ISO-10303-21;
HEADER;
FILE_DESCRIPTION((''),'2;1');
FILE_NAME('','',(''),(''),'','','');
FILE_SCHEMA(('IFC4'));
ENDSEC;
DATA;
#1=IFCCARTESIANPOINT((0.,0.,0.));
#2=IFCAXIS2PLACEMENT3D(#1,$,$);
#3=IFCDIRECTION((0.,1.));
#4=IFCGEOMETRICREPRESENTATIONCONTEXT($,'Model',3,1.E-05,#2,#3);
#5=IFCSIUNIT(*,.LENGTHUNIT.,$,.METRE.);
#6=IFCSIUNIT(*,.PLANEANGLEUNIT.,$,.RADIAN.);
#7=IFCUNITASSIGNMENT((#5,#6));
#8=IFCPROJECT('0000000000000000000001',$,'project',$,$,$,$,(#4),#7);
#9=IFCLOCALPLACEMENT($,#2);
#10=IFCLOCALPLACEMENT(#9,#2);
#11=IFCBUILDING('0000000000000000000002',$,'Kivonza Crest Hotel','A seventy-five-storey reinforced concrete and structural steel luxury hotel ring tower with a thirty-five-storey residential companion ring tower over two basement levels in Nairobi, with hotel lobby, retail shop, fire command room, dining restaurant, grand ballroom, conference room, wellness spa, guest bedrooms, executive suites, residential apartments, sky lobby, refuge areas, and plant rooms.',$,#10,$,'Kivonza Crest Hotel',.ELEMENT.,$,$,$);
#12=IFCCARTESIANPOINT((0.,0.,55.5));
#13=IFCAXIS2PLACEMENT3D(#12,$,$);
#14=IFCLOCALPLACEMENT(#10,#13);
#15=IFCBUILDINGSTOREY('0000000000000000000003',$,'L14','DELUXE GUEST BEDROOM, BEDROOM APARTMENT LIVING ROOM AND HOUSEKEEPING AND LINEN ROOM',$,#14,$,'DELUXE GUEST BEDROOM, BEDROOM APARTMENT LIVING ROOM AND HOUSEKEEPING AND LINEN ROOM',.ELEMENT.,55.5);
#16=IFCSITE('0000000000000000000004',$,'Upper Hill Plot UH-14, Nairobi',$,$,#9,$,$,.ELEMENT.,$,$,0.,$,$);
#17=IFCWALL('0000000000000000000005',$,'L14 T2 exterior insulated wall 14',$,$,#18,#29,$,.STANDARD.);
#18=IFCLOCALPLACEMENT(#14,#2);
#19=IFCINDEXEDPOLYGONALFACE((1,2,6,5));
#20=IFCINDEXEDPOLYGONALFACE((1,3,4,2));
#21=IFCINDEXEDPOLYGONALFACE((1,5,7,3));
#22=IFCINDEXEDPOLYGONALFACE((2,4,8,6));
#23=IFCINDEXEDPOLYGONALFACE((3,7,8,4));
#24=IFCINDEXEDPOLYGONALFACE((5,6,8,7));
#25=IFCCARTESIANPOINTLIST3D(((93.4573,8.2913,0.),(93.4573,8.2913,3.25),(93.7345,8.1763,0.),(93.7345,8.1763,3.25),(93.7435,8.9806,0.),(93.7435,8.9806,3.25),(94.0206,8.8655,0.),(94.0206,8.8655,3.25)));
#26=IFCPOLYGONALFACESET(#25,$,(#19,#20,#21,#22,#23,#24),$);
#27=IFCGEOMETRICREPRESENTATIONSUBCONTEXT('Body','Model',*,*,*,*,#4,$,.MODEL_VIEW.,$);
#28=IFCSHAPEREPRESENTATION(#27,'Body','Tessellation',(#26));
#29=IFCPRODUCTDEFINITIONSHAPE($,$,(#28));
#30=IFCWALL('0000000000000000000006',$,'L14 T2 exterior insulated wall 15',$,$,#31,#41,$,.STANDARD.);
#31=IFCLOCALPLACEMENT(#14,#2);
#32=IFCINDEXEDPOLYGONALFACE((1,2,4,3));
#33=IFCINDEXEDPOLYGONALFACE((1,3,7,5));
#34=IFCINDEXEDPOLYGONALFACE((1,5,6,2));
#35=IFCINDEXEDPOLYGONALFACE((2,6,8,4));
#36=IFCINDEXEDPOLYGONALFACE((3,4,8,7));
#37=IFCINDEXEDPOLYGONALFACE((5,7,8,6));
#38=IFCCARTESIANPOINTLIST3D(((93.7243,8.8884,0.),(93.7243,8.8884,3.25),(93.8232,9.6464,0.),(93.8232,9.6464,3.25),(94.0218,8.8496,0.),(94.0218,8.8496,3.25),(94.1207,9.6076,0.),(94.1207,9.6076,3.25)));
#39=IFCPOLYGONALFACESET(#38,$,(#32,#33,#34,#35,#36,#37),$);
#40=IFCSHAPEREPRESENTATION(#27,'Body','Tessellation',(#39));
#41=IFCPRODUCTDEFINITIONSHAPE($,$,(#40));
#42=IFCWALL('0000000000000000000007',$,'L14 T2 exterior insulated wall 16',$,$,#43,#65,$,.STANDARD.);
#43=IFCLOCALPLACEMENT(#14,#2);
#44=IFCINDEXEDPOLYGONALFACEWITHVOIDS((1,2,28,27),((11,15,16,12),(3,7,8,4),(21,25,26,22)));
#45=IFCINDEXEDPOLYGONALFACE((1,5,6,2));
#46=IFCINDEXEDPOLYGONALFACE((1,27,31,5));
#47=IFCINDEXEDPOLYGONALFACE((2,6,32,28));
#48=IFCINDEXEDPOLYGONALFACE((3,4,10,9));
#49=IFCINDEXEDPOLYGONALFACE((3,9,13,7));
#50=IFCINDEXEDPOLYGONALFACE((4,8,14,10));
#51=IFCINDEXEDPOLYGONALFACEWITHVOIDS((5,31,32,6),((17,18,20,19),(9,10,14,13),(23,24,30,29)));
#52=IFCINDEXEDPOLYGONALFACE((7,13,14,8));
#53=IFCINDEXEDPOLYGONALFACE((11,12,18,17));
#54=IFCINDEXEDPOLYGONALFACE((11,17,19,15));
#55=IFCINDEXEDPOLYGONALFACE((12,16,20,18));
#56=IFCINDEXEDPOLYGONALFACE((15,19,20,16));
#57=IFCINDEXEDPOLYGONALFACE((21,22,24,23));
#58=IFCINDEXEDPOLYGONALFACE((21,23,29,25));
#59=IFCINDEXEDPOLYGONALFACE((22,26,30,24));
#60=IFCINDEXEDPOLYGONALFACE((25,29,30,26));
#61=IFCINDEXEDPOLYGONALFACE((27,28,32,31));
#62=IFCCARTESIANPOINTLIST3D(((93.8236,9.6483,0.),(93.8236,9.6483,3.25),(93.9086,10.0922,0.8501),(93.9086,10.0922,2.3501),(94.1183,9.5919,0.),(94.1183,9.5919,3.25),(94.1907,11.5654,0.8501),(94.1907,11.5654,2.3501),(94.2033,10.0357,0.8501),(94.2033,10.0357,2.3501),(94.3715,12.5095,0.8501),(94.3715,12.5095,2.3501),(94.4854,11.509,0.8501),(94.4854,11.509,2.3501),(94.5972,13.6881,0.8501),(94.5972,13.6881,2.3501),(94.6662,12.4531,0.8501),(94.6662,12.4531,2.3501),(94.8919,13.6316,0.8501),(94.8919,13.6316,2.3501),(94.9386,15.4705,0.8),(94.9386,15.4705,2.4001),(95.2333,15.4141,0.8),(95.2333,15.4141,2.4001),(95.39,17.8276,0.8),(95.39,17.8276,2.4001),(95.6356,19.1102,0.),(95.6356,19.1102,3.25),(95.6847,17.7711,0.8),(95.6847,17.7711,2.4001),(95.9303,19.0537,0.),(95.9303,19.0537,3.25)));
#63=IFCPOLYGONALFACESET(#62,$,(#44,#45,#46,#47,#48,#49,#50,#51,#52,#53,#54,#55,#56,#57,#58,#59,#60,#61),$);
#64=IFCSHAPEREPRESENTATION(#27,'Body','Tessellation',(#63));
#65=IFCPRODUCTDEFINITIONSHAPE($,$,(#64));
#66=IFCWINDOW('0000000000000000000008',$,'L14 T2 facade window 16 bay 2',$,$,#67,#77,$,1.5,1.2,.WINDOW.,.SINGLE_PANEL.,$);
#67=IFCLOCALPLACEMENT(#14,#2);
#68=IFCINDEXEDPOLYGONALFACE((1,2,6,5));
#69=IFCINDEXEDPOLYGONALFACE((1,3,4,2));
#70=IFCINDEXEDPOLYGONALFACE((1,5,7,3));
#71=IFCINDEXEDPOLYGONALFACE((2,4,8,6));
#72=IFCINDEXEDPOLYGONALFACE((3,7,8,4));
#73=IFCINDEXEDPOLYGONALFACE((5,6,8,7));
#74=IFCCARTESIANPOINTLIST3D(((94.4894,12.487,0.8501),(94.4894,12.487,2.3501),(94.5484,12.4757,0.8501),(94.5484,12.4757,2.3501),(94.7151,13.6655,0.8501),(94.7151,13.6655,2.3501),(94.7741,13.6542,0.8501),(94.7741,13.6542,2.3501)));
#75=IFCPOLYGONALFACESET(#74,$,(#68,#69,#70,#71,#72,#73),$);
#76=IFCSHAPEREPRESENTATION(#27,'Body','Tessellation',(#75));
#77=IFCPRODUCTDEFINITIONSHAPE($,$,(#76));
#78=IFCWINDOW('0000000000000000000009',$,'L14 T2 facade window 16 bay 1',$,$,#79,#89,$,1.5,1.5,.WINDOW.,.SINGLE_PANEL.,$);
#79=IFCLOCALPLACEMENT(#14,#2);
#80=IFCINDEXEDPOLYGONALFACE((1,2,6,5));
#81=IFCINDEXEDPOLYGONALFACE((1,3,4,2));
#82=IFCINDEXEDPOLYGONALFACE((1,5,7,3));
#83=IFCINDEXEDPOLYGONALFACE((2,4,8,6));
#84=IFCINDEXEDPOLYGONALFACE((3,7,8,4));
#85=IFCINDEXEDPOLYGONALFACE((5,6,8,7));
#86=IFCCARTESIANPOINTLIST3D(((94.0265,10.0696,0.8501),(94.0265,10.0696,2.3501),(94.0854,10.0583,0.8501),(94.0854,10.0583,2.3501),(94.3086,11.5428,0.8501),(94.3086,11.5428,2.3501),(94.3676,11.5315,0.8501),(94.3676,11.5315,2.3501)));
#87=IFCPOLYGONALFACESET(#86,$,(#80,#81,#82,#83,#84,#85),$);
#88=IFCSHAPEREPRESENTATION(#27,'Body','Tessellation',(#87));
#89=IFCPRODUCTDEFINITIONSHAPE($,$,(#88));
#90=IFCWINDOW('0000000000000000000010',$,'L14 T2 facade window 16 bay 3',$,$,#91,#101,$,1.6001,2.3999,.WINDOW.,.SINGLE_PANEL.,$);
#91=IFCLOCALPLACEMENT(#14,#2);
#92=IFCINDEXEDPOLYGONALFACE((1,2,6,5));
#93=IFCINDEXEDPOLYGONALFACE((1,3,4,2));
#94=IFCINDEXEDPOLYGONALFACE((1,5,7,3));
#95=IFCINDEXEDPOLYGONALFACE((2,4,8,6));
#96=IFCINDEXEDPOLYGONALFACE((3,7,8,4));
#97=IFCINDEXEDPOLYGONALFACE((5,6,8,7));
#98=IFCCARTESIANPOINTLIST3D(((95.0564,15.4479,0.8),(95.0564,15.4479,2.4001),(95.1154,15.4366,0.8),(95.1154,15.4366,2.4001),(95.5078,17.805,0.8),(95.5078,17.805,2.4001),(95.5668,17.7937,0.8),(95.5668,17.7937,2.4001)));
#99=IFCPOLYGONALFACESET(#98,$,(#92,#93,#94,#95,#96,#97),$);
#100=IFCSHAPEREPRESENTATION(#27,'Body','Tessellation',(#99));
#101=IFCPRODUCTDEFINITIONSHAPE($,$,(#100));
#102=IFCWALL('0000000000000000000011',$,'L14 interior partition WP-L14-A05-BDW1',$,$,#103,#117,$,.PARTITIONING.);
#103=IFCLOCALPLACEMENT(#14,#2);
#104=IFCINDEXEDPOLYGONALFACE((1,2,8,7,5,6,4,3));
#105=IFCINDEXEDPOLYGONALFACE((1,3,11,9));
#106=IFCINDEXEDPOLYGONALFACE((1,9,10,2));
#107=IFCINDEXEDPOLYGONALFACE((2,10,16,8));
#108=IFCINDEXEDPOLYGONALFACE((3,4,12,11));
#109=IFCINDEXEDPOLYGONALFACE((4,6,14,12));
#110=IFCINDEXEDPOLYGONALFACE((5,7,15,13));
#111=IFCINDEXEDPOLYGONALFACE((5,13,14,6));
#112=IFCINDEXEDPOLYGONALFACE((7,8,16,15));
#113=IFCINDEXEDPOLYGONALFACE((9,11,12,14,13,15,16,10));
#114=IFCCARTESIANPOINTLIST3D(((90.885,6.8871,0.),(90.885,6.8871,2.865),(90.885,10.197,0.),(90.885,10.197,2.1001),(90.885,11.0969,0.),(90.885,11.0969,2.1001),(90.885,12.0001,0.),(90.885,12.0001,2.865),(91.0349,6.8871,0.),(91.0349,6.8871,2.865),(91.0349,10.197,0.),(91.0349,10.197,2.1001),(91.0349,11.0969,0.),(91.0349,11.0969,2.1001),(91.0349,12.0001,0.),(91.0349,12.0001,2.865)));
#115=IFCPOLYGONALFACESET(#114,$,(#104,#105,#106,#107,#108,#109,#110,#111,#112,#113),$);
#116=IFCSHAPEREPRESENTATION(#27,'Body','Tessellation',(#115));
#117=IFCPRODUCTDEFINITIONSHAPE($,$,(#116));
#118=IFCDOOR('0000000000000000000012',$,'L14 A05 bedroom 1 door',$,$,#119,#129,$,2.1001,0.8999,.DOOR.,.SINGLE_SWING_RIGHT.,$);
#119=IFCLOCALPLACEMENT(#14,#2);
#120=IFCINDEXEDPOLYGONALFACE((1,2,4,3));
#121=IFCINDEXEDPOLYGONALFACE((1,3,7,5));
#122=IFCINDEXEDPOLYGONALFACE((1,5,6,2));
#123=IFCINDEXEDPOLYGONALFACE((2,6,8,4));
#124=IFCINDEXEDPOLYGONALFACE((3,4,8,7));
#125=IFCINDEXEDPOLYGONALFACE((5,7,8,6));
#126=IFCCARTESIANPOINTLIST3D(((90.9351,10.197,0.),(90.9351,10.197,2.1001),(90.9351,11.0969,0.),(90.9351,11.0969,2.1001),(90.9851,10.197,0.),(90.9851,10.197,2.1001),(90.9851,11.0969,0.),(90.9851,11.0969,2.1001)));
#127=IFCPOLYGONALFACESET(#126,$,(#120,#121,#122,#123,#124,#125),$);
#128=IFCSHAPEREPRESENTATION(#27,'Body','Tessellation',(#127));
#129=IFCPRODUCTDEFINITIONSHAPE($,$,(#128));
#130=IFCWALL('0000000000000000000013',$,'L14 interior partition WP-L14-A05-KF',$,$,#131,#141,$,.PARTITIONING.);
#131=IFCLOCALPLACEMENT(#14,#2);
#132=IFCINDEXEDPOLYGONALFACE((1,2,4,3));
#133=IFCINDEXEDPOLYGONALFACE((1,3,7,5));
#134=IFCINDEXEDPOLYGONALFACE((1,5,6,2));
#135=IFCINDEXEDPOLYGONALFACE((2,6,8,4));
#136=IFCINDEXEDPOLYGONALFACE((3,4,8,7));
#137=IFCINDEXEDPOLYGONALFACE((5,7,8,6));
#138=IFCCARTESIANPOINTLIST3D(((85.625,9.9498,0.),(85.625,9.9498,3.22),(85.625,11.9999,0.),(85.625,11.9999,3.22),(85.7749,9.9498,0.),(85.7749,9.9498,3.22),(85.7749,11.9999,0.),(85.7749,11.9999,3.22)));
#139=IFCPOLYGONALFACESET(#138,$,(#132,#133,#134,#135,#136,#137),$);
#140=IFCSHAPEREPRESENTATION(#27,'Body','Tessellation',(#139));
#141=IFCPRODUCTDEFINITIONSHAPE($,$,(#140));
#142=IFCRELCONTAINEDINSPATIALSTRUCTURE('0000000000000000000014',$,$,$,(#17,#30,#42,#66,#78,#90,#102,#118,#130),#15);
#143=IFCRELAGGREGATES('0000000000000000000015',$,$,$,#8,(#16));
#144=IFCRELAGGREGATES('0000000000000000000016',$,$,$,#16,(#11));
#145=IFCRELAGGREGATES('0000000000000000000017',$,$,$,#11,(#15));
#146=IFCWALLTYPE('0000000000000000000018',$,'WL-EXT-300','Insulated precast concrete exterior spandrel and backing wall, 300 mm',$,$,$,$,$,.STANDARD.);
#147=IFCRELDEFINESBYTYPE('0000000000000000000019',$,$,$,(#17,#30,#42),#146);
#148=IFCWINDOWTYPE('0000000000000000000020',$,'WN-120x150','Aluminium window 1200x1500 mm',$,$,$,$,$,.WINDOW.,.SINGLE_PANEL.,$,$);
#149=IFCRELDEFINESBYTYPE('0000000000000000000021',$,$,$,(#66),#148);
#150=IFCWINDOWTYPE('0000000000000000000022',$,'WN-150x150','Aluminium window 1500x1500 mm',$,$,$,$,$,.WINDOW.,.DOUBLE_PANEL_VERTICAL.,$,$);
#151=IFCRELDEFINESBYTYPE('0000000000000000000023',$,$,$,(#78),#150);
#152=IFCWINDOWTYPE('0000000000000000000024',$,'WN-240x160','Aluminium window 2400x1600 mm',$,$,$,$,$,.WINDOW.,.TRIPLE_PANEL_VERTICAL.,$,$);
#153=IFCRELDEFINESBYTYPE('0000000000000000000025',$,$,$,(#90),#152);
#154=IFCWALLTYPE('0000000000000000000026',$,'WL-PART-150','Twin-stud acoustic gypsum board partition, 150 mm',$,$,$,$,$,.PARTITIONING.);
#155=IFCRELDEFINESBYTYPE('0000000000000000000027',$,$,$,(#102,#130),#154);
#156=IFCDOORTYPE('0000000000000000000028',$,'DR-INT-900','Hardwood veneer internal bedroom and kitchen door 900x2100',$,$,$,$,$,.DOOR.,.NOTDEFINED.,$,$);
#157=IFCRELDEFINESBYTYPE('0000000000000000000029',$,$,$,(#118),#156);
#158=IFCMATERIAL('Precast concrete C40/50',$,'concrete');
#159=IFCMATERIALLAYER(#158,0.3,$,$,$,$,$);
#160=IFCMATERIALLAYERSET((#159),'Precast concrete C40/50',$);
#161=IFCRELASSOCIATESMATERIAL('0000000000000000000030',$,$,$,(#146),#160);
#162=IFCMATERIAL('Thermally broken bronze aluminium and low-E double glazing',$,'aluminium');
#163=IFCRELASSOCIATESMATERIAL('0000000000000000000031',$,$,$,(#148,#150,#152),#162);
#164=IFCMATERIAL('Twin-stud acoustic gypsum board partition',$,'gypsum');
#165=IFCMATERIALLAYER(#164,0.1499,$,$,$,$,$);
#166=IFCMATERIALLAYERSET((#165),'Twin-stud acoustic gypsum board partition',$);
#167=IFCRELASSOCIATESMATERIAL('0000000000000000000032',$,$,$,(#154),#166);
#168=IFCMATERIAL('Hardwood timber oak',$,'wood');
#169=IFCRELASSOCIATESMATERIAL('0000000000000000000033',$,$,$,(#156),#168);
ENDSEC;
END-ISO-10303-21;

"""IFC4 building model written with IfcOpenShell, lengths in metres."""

from ifc_helpers import new_model, si_unit, direction, frame, frame_2d, origin, place, context, subcontext, project, spatial, rectangle, extrude, material, layer, layer_set, type_object, element, fill, save


model = new_model("IFC4")

# Units and contexts
model_context = context("Model", 3, precision=1e-05, world=origin(), true_north=direction((0.0, 1.0)))
body_context = subcontext(model_context, "Body", "Model", "MODEL_VIEW")
ifc_project = project(units=[si_unit("LENGTHUNIT", "METRE"), si_unit("PLANEANGLEUNIT", "RADIAN")], contexts=[model_context])

# Site, building, storey
site_placement = place(None, origin())
site = spatial("IfcSite", under=ifc_project, at=site_placement, Name="Upper Hill Plot UH-14, Nairobi", CompositionType="ELEMENT", RefElevation=0.0)
building_placement = place(site_placement, origin())
building = spatial("IfcBuilding", under=site, at=building_placement, Name="Kivonza Crest Hotel", Description="A seventy-five-storey reinforced concrete and structural steel luxury hotel ring tower with a thirty-five-storey residential companion ring tower over two basement levels in Nairobi, with hotel lobby, retail shop, fire command room, dining restaurant, grand ballroom, conference room, wellness spa, guest bedrooms, executive suites, residential apartments, sky lobby, refuge areas, and plant rooms.", LongName="Kivonza Crest Hotel", CompositionType="ELEMENT")
storey_placement = place(building_placement, frame((0.0, 0.0, 55.5)))
storey = spatial("IfcBuildingStorey", under=building, at=storey_placement, Name="L14", Description="DELUXE GUEST BEDROOM, BEDROOM APARTMENT LIVING ROOM AND HOUSEKEEPING AND LINEN ROOM", LongName="DELUXE GUEST BEDROOM, BEDROOM APARTMENT LIVING ROOM AND HOUSEKEEPING AND LINEN ROOM", CompositionType="ELEMENT", Elevation=55.5)

# Shared definitions
ifc_material_1 = material(Name="Hardwood timber oak", Category="wood")

# Walls
ifc_material_2 = material(Name="Precast concrete C40/50", Category="concrete")
ifc_layer_1 = layer(ifc_material_2, 0.3)
ifc_layer_set_1 = layer_set([ifc_layer_1], Name="Precast concrete C40/50")
wall_type_1 = type_object("IfcWallType", Name="WL-EXT-300", Description="Insulated precast concrete exterior spandrel and backing wall, 300 mm", PredefinedType="STANDARD", material=ifc_layer_set_1)
wall_1_placement = place(storey_placement, frame((93.5959, 8.2339, 0.0), z_axis=(0.0, 0.0, 1.0), x_axis=(0.38343, 0.92357, 0.0)))
element("IfcWall", 1, at=wall_1_placement, inside=storey, type_object=wall_type_1, Name="L14 T2 exterior insulated wall 14", PredefinedType="STANDARD", context=body_context, shape_type="SweptSolid", body=[
    extrude(rectangle(XDim=0.7463, YDim=0.3, at=frame_2d((0.373, 0.0))), origin(), (0.0, 0.0, 1.0), 3.25),
])
wall_2_placement = place(storey_placement, frame((93.873, 8.8689, 0.0), z_axis=(0.0, 0.0, 1.0), x_axis=(0.129339, 0.9916, 0.0)))
element("IfcWall", 2, at=wall_2_placement, inside=storey, type_object=wall_type_1, Name="L14 T2 exterior insulated wall 15", PredefinedType="STANDARD", context=body_context, shape_type="SweptSolid", body=[
    extrude(rectangle(XDim=0.7644, YDim=0.3, at=frame_2d((0.3823, 0.0))), origin(), (0.0, 0.0, 1.0), 3.25),
])

# Wall, openings, windows
wall_3_placement = place(storey_placement, frame((93.9709, 9.6201, 0.0), z_axis=(0.0, 0.0, 1.0), x_axis=(0.188088, 0.982152, 0.0)))
wall_3 = element("IfcWall", 3, at=wall_3_placement, inside=storey, type_object=wall_type_1, Name="L14 T2 exterior insulated wall 16", PredefinedType="STANDARD", context=body_context, shape_type="SweptSolid", body=[
    extrude(rectangle(XDim=9.6338, YDim=0.3, at=frame_2d((4.8169, 0.0))), origin(), (0.0, 0.0, 1.0), 3.25),
])
opening_1_placement = place(wall_3_placement, frame((0.4519, 0.0, 0.8501)))
opening_1 = element("IfcOpeningElement", 4, at=opening_1_placement, cuts=wall_3, PredefinedType="OPENING", context=body_context, shape_type="SweptSolid", body=[
    extrude(rectangle(XDim=1.5, YDim=1.5, at=frame_2d((0.75, 0.75))), frame((0.0, 0.1602, 0.0), z_axis=(0.0, -1.0, 0.0), x_axis=(1.0, 0.0, 0.0)), (0.0, 0.0, 1.0), 0.3201),
])
opening_2_placement = place(wall_3_placement, frame((2.9131, 0.0, 0.8501)))
opening_2 = element("IfcOpeningElement", 5, at=opening_2_placement, cuts=wall_3, PredefinedType="OPENING", context=body_context, shape_type="SweptSolid", body=[
    extrude(rectangle(XDim=1.2, YDim=1.5, at=frame_2d((0.6001, 0.75))), frame((0.0, 0.1602, 0.0), z_axis=(0.0, -1.0, 0.0), x_axis=(1.0, 0.0, 0.0)), (0.0, 0.0, 1.0), 0.3201),
])
opening_3_placement = place(wall_3_placement, frame((5.928, 0.0, 0.8)))
opening_3 = element("IfcOpeningElement", 6, at=opening_3_placement, cuts=wall_3, PredefinedType="OPENING", context=body_context, shape_type="SweptSolid", body=[
    extrude(rectangle(XDim=2.3999, YDim=1.6001, at=frame_2d((1.2, 0.8))), frame((0.0, 0.1602, 0.0), z_axis=(0.0, -1.0, 0.0), x_axis=(1.0, 0.0, 0.0)), (0.0, 0.0, 1.0), 0.3201),
])
ifc_material_3 = material(Name="Thermally broken bronze aluminium and low-E double glazing", Category="aluminium")
window_type_1 = type_object("IfcWindowType", Name="WN-120x150", Description="Aluminium window 1200x1500 mm", PartitioningType="SINGLE_PANEL", PredefinedType="WINDOW", material=ifc_material_3)
window_1_placement = place(opening_2_placement, origin())
window_1 = element("IfcWindow", 7, at=window_1_placement, inside=storey, type_object=window_type_1, Name="L14 T2 facade window 16 bay 2", OverallHeight=1.5, OverallWidth=1.2, PartitioningType="SINGLE_PANEL", PredefinedType="WINDOW", context=body_context, shape_type="SweptSolid", body=[
    extrude(rectangle(XDim=1.2, YDim=1.5, at=frame_2d((0.6001, 0.75))), frame((0.0, 0.03, 0.0), z_axis=(0.0, -1.0, 0.0), x_axis=(1.0, 0.0, 0.0)), (0.0, 0.0, 1.0), 0.0601),
])
fill(opening_2, window_1)
window_type_2 = type_object("IfcWindowType", Name="WN-150x150", Description="Aluminium window 1500x1500 mm", PartitioningType="DOUBLE_PANEL_VERTICAL", PredefinedType="WINDOW", material=ifc_material_3)
window_2_placement = place(opening_1_placement, origin())
window_2 = element("IfcWindow", 8, at=window_2_placement, inside=storey, type_object=window_type_2, Name="L14 T2 facade window 16 bay 1", OverallHeight=1.5, OverallWidth=1.5, PartitioningType="SINGLE_PANEL", PredefinedType="WINDOW", context=body_context, shape_type="SweptSolid", body=[
    extrude(rectangle(XDim=1.5, YDim=1.5, at=frame_2d((0.75, 0.75))), frame((0.0, 0.03, 0.0), z_axis=(0.0, -1.0, 0.0), x_axis=(1.0, 0.0, 0.0)), (0.0, 0.0, 1.0), 0.0601),
])
fill(opening_1, window_2)
window_type_3 = type_object("IfcWindowType", Name="WN-240x160", Description="Aluminium window 2400x1600 mm", PartitioningType="TRIPLE_PANEL_VERTICAL", PredefinedType="WINDOW", material=ifc_material_3)
window_3_placement = place(opening_3_placement, origin())
window_3 = element("IfcWindow", 9, at=window_3_placement, inside=storey, type_object=window_type_3, Name="L14 T2 facade window 16 bay 3", OverallHeight=1.6001, OverallWidth=2.3999, PartitioningType="SINGLE_PANEL", PredefinedType="WINDOW", context=body_context, shape_type="SweptSolid", body=[
    extrude(rectangle(XDim=2.3999, YDim=1.6001, at=frame_2d((1.2, 0.8))), frame((0.0, 0.03, 0.0), z_axis=(0.0, -1.0, 0.0), x_axis=(1.0, 0.0, 0.0)), (0.0, 0.0, 1.0), 0.0601),
])
fill(opening_3, window_3)

# Wall, opening, door
ifc_material_4 = material(Name="Twin-stud acoustic gypsum board partition", Category="gypsum")
ifc_layer_2 = layer(ifc_material_4, 0.1499)
ifc_layer_set_2 = layer_set([ifc_layer_2], Name="Twin-stud acoustic gypsum board partition")
wall_type_2 = type_object("IfcWallType", Name="WL-PART-150", Description="Twin-stud acoustic gypsum board partition, 150 mm", PredefinedType="PARTITIONING", material=ifc_layer_set_2)
wall_4_placement = place(storey_placement, frame((90.96, 6.887, 0.0), z_axis=(0.0, 0.0, 1.0), x_axis=(0.0, 1.0, 0.0)))
wall_4 = element("IfcWall", 10, at=wall_4_placement, inside=storey, type_object=wall_type_2, Name="L14 interior partition WP-L14-A05-BDW1", PredefinedType="PARTITIONING", context=body_context, shape_type="SweptSolid", body=[
    extrude(rectangle(XDim=5.113, YDim=0.1499, at=frame_2d((2.5566, 0.0))), origin(), (0.0, 0.0, 1.0), 2.865),
])
opening_4_placement = place(wall_4_placement, frame((3.3101, 0.0, 0.0)))
opening_4 = element("IfcOpeningElement", 11, at=opening_4_placement, cuts=wall_4, PredefinedType="OPENING", context=body_context, shape_type="SweptSolid", body=[
    extrude(rectangle(XDim=0.8999, YDim=2.1001, at=frame_2d((0.45, 1.05))), frame((0.0, 0.085, 0.0), z_axis=(0.0, -1.0, 0.0), x_axis=(1.0, 0.0, 0.0)), (0.0, 0.0, 1.0), 0.1699),
])
door_type_1 = type_object("IfcDoorType", Name="DR-INT-900", Description="Hardwood veneer internal bedroom and kitchen door 900x2100", OperationType="NOTDEFINED", PredefinedType="DOOR", material=ifc_material_1)
door_1_placement = place(opening_4_placement, origin())
door_1 = element("IfcDoor", 12, at=door_1_placement, inside=storey, type_object=door_type_1, Name="L14 A05 bedroom 1 door", OperationType="SINGLE_SWING_RIGHT", OverallHeight=2.1001, OverallWidth=0.8999, PredefinedType="DOOR", context=body_context, shape_type="SweptSolid", body=[
    extrude(rectangle(XDim=0.8999, YDim=2.1001, at=frame_2d((0.45, 1.05))), frame((0.0, 0.0249, 0.0), z_axis=(0.0, -1.0, 0.0), x_axis=(1.0, 0.0, 0.0)), (0.0, 0.0, 1.0), 0.05),
])
fill(opening_4, door_1)

# Wall
wall_5_placement = place(storey_placement, frame((85.7, 9.95, 0.0), z_axis=(0.0, 0.0, 1.0), x_axis=(0.0, 1.0, 0.0)))
element("IfcWall", 13, at=wall_5_placement, inside=storey, type_object=wall_type_2, Name="L14 interior partition WP-L14-A05-KF", PredefinedType="PARTITIONING", context=body_context, shape_type="SweptSolid", body=[
    extrude(rectangle(XDim=2.05, YDim=0.1499, at=frame_2d((1.0249, 0.0))), origin(), (0.0, 0.0, 1.0), 3.22),
])

save(model, "model.ifc")
